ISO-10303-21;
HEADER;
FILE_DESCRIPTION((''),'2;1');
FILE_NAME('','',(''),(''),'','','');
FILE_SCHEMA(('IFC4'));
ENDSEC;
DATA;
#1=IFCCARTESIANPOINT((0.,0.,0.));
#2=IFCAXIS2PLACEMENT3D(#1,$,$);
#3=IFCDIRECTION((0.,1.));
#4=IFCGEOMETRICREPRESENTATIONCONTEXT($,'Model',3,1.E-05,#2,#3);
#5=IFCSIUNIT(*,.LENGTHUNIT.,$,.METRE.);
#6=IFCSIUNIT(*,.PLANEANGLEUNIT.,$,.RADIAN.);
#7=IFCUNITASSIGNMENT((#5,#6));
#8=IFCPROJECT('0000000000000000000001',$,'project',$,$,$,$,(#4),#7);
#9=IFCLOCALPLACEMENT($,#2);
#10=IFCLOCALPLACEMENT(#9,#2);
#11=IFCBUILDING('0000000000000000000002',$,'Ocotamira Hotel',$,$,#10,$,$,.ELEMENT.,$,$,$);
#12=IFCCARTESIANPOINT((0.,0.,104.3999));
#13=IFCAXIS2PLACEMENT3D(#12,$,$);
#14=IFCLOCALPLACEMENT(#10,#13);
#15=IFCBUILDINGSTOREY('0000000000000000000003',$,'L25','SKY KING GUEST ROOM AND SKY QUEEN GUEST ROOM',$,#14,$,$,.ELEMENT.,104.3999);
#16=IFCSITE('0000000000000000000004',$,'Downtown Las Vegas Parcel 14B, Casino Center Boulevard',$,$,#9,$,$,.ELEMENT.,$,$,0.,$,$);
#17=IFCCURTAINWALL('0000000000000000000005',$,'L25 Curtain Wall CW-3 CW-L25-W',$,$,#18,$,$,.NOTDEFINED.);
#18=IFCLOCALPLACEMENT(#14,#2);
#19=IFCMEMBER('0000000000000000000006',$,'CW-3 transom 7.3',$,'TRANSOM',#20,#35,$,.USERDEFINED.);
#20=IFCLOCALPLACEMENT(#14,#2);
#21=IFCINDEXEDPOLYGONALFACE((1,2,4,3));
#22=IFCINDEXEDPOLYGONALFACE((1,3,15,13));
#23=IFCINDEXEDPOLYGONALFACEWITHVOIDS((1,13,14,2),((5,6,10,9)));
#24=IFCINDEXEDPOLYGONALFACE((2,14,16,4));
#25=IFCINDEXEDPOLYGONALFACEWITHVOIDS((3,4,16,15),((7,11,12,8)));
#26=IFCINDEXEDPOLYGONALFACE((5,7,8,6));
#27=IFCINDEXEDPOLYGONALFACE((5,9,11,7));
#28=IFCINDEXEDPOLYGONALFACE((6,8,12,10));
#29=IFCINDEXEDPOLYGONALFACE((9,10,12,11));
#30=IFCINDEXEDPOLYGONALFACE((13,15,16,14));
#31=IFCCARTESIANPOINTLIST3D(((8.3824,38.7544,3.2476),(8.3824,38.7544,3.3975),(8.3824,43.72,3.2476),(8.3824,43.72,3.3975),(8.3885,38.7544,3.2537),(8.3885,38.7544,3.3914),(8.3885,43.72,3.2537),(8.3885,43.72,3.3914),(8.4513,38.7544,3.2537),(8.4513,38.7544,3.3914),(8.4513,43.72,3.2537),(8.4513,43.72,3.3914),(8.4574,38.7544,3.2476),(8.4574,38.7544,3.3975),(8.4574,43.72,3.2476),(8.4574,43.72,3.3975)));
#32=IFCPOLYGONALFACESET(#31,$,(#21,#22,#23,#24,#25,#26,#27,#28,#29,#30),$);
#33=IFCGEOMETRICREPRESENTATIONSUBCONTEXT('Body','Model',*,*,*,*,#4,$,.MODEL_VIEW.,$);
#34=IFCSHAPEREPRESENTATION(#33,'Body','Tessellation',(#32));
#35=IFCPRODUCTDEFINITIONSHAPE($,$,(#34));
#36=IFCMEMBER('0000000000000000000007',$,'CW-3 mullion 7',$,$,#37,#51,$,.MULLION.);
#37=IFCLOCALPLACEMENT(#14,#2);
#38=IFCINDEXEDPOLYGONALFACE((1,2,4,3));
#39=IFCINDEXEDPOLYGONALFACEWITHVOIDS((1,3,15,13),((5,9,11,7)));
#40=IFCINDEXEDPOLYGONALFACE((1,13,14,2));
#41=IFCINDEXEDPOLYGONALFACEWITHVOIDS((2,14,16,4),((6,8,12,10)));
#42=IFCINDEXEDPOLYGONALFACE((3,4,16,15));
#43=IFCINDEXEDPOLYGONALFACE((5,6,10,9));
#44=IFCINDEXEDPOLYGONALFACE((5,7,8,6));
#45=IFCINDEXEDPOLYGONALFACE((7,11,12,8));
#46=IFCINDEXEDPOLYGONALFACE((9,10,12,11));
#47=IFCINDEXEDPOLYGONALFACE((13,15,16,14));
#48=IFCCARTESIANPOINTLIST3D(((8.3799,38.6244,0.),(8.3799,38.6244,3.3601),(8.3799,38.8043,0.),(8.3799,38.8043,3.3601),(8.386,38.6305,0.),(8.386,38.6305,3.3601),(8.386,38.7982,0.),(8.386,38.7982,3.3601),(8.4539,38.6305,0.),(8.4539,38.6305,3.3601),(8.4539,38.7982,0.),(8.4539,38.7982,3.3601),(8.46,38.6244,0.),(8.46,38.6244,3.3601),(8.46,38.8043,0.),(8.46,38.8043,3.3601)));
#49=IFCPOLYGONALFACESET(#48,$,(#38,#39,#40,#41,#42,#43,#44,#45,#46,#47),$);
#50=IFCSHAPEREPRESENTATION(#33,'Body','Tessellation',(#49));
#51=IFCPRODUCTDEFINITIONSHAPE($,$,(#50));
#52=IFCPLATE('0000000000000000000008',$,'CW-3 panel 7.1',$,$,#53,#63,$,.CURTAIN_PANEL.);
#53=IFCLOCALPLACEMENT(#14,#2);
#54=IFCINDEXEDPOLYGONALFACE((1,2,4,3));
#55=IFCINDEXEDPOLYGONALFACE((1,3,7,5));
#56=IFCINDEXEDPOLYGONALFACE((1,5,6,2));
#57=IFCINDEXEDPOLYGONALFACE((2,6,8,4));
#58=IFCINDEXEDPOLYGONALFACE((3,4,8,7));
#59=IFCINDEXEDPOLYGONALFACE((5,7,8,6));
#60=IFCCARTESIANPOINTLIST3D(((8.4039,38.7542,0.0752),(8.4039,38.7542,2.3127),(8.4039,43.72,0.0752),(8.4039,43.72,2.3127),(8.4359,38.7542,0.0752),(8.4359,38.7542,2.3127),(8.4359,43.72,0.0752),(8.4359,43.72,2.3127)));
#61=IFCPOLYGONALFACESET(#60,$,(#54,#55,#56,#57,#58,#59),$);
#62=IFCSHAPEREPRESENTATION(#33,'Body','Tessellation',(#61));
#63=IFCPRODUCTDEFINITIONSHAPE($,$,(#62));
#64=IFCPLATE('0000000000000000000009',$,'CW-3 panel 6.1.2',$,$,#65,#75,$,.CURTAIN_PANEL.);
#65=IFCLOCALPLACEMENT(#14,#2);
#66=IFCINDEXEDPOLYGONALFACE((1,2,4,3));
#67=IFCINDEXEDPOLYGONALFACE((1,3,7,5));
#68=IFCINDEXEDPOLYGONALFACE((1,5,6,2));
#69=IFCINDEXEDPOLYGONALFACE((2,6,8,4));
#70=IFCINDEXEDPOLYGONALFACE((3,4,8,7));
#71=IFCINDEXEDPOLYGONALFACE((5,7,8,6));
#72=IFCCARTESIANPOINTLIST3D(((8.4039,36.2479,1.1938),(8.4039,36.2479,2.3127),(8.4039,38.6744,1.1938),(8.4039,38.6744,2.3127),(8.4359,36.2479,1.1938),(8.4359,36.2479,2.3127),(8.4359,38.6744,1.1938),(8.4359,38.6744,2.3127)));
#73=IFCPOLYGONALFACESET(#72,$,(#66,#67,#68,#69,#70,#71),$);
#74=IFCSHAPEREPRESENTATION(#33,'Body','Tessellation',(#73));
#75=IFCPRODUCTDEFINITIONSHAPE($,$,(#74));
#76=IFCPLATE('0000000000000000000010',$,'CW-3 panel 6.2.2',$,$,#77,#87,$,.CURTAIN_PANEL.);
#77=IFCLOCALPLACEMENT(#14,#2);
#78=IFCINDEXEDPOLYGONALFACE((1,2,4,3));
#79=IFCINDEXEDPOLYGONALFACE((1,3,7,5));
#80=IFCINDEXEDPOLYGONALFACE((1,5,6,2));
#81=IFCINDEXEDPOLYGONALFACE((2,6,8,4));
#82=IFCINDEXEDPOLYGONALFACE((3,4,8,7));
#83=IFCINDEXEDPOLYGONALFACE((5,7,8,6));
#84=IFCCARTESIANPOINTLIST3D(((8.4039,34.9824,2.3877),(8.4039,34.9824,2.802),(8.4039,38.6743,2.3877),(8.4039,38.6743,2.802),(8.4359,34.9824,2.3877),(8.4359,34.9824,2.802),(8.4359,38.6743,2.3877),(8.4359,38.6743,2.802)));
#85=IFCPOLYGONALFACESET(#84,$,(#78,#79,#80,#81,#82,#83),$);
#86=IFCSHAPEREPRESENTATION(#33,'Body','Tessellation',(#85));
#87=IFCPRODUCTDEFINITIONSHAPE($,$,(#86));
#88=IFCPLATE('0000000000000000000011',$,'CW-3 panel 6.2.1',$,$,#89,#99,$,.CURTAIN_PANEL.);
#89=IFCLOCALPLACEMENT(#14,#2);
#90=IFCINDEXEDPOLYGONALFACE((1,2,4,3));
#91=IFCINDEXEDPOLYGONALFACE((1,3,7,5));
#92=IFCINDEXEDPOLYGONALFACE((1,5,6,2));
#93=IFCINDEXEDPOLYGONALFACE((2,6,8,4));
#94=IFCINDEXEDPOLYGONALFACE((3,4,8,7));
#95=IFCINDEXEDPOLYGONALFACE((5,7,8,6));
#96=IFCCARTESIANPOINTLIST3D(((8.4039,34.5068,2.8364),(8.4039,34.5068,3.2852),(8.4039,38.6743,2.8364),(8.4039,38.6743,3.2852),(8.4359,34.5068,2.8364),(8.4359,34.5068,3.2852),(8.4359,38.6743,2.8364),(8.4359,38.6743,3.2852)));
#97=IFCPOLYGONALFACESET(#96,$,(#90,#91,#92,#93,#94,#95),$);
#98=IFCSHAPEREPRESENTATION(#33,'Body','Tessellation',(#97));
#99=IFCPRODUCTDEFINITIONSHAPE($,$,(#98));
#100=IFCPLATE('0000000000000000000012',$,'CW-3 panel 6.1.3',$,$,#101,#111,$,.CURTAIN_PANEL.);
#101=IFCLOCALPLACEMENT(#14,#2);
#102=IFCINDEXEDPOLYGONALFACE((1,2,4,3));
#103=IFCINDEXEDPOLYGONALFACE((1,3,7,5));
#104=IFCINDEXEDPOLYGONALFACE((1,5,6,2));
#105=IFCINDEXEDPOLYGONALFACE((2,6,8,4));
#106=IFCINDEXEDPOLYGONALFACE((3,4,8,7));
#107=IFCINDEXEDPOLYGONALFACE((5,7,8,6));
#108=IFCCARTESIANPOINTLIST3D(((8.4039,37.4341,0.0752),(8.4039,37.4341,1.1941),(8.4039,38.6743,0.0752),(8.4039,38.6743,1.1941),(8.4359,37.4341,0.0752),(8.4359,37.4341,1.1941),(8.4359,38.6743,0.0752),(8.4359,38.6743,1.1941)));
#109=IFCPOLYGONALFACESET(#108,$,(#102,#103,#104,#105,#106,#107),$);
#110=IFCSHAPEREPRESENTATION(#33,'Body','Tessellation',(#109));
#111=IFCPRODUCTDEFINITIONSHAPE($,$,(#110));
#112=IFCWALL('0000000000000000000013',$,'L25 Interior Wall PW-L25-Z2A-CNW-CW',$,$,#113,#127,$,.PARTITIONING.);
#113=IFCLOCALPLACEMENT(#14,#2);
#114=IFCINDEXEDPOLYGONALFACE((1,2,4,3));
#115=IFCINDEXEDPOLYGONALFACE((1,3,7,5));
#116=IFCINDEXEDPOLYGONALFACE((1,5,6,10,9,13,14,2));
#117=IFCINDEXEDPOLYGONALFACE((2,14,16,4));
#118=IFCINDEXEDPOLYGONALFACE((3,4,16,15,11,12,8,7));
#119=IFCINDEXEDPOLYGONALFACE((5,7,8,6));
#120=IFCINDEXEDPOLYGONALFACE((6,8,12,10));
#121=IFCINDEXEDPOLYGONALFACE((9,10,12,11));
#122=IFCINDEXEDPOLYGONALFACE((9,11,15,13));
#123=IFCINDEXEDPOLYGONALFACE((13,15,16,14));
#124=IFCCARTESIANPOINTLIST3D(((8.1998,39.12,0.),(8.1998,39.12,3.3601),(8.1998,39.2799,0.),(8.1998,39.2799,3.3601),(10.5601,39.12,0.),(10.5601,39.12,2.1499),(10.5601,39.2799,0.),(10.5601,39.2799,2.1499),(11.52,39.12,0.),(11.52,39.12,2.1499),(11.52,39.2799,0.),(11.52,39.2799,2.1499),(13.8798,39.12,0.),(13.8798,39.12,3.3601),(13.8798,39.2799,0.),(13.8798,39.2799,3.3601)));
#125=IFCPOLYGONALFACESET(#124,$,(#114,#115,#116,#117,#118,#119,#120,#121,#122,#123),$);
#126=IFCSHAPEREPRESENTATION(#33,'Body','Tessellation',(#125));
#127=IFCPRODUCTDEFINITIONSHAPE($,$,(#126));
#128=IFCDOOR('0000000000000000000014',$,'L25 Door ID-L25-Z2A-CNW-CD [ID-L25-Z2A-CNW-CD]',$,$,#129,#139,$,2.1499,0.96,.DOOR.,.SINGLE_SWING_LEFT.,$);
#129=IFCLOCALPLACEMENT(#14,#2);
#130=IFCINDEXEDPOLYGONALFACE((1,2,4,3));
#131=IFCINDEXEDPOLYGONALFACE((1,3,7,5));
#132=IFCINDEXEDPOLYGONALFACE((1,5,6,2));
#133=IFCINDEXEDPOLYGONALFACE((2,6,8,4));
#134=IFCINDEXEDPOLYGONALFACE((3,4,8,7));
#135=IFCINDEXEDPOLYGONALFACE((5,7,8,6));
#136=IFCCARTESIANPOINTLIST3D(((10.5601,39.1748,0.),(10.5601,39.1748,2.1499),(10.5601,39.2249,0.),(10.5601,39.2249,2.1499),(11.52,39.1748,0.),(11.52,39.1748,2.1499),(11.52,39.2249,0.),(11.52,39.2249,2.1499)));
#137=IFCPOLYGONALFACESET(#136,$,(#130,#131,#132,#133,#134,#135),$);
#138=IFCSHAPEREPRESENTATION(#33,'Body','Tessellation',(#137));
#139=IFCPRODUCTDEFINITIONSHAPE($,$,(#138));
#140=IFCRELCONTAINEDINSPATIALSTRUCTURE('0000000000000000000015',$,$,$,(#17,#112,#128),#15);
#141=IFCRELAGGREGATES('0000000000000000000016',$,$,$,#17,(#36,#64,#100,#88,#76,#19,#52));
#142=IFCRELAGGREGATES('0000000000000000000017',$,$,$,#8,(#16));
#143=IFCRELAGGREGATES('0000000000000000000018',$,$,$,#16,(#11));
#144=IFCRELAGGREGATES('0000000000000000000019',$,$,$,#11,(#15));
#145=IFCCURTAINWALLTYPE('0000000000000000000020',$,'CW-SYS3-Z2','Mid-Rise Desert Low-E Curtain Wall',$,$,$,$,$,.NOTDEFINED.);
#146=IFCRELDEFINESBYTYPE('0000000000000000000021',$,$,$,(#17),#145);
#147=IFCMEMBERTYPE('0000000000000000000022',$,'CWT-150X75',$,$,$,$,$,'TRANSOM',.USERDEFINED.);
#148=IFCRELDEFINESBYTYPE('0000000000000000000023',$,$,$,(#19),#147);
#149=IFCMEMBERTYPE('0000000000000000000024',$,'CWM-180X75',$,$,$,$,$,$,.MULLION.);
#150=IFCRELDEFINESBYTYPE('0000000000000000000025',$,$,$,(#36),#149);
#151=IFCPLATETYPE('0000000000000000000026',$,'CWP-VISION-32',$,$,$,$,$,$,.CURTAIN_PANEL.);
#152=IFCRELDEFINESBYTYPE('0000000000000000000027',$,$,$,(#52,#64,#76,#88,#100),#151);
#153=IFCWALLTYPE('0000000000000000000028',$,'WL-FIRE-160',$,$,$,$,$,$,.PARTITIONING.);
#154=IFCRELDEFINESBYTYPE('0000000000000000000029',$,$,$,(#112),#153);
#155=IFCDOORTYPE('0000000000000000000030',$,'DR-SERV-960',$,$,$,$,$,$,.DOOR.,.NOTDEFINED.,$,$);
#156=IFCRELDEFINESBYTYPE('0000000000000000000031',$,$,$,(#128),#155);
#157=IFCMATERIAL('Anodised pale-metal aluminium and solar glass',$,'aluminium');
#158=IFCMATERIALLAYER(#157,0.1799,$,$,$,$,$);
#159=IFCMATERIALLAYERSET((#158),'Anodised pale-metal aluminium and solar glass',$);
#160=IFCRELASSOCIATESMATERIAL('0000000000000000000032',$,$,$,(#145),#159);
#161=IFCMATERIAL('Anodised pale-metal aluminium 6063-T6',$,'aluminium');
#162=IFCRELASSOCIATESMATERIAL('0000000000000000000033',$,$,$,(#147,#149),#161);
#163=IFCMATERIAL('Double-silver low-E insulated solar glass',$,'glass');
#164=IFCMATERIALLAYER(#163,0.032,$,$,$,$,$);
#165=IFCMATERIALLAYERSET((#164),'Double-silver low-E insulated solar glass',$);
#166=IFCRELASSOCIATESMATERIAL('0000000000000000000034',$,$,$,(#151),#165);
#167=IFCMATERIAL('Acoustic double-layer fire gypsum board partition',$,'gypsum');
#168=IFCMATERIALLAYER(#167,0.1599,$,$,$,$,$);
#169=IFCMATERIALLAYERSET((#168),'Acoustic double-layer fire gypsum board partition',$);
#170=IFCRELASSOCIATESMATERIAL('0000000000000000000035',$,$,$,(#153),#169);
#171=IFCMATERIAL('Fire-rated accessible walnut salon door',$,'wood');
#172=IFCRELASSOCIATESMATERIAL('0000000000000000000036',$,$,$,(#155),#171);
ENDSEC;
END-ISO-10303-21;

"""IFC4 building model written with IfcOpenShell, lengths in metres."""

from ifc_helpers import new_model, si_unit, direction, frame, frame_2d, origin, origin_2d, place, context, subcontext, project, spatial, rectangle, hollow_rectangle, extrude, source, transform, mapped, material, layer, layer_set, material_profile, profile_set, type_object, element, fill, aggregate, save


model = new_model("IFC4")

# Units and contexts
model_context = context("Model", 3, precision=1e-05, world=origin(), true_north=direction((0.0, 1.0)))
body_context = subcontext(model_context, "Body", "Model", "MODEL_VIEW")
ifc_project = project(units=[si_unit("LENGTHUNIT", "METRE"), si_unit("PLANEANGLEUNIT", "RADIAN")], contexts=[model_context])

# Site, building, storey
site_placement = place(None, origin())
site = spatial("IfcSite", under=ifc_project, at=site_placement, Name="Downtown Las Vegas Parcel 14B, Casino Center Boulevard", CompositionType="ELEMENT", RefElevation=0.0)
building_placement = place(site_placement, origin())
building = spatial("IfcBuilding", under=site, at=building_placement, Name="Ocotamira Hotel", CompositionType="ELEMENT")
storey_placement = place(building_placement, frame((0.0, 0.0, 104.3999)))
storey = spatial("IfcBuildingStorey", under=building, at=storey_placement, Name="L25", Description="SKY KING GUEST ROOM AND SKY QUEEN GUEST ROOM", CompositionType="ELEMENT", Elevation=104.3999)

# Curtain wall, members, plates
ifc_material_1 = material(Name="Anodised pale-metal aluminium and solar glass", Category="aluminium")
ifc_layer_1 = layer(ifc_material_1, 0.1799)
ifc_layer_set_1 = layer_set([ifc_layer_1], Name="Anodised pale-metal aluminium and solar glass")
curtain_wall_type = type_object("IfcCurtainWallType", Name="CW-SYS3-Z2", Description="Mid-Rise Desert Low-E Curtain Wall", PredefinedType="NOTDEFINED", material=ifc_layer_set_1)
curtain_wall_placement = place(storey_placement, origin())
curtain_wall = element("IfcCurtainWall", 1, at=curtain_wall_placement, inside=storey, type_object=curtain_wall_type, Name="L25 Curtain Wall CW-3 CW-L25-W", PredefinedType="NOTDEFINED")
ifc_material_2 = material(Name="Anodised pale-metal aluminium 6063-T6", Category="aluminium")
ifc_material_profile_1 = material_profile(ifc_material_2, hollow_rectangle(XDim=0.075, YDim=0.1499, WallThickness=0.0061, at=origin_2d()), Name="HSS150X75X6")
ifc_profile_set_1 = profile_set([ifc_material_profile_1], Name="Anodised pale-metal aluminium 6063-T6")
member_type_1 = type_object("IfcMemberType", Name="CWT-150X75", ElementType="TRANSOM", PredefinedType="USERDEFINED", material=ifc_profile_set_1)
shared_shape_1 = source(origin(), body_context, "Body", "SweptSolid", [
    extrude(hollow_rectangle(XDim=0.075, YDim=0.1499, WallThickness=0.0061, at=origin_2d()), origin(), (0.0, 0.0, 1.0), 4.9656),
])
member_1_placement = place(storey_placement, frame((8.4199, 38.7544, 3.3225), z_axis=(0.0, 1.0, 0.0), x_axis=(-1.0, 0.0, 0.0)))
member_1 = element("IfcMember", 2, at=member_1_placement, type_object=member_type_1, Name="CW-3 transom 7.3", ObjectType="TRANSOM", PredefinedType="USERDEFINED", context=body_context, shape_type="MappedRepresentation", body=[
    mapped(shared_shape_1, transform((0.0, 0.0, 0.0), scale=1.0)),
])
ifc_material_profile_2 = material_profile(ifc_material_2, hollow_rectangle(XDim=0.0801, YDim=0.1799, WallThickness=0.0061, at=origin_2d()), Name="HSS180X80X6")
ifc_profile_set_2 = profile_set([ifc_material_profile_2], Name="Anodised pale-metal aluminium 6063-T6")
member_type_2 = type_object("IfcMemberType", Name="CWM-180X75", PredefinedType="MULLION", material=ifc_profile_set_2)
shared_shape_2 = source(origin(), body_context, "Body", "SweptSolid", [
    extrude(hollow_rectangle(XDim=0.0801, YDim=0.1799, WallThickness=0.0061, at=origin_2d()), origin(), (0.0, 0.0, 1.0), 3.3601),
])
member_2_placement = place(storey_placement, frame((8.4199, 38.7144, 0.0), z_axis=(0.0, 0.0, 1.0), x_axis=(-1.0, 0.0, 0.0)))
member_2 = element("IfcMember", 3, at=member_2_placement, type_object=member_type_2, Name="CW-3 mullion 7", PredefinedType="MULLION", context=body_context, shape_type="MappedRepresentation", body=[
    mapped(shared_shape_2, transform((0.0, 0.0, 0.0), scale=1.0)),
])
ifc_material_3 = material(Name="Double-silver low-E insulated solar glass", Category="glass")
ifc_layer_2 = layer(ifc_material_3, 0.032)
ifc_layer_set_2 = layer_set([ifc_layer_2], Name="Double-silver low-E insulated solar glass")
plate_type = type_object("IfcPlateType", Name="CWP-VISION-32", PredefinedType="CURTAIN_PANEL", material=ifc_layer_set_2)
shared_shape_3 = source(origin(), body_context, "Body", "SweptSolid", [
    extrude(rectangle(XDim=4.9658, YDim=0.032, at=origin_2d()), origin(), (0.0, 0.0, 1.0), 2.2375),
])
plate_1_placement = place(storey_placement, frame((8.4199, 41.2371, 0.0752), z_axis=(0.0, 0.0, 1.0), x_axis=(0.0, 1.0, 0.0)))
plate_1 = element("IfcPlate", 4, at=plate_1_placement, type_object=plate_type, Name="CW-3 panel 7.1", PredefinedType="CURTAIN_PANEL", context=body_context, shape_type="MappedRepresentation", body=[
    mapped(shared_shape_3, transform((0.0, 0.0, 0.0), scale=1.0)),
])
shared_shape_4 = source(origin(), body_context, "Body", "SweptSolid", [
    extrude(rectangle(XDim=2.4265, YDim=0.032, at=origin_2d()), origin(), (0.0, 0.0, 1.0), 1.1189),
])
plate_2_placement = place(storey_placement, frame((8.4199, 37.4612, 1.1938), z_axis=(0.0, 0.0, 1.0), x_axis=(0.0, 1.0, 0.0)))
plate_2 = element("IfcPlate", 5, at=plate_2_placement, type_object=plate_type, Name="CW-3 panel 6.1.2", PredefinedType="CURTAIN_PANEL", context=body_context, shape_type="MappedRepresentation", body=[
    mapped(shared_shape_4, transform((0.0, 0.0, 0.0), scale=1.0)),
])
shared_shape_5 = source(origin(), body_context, "Body", "SweptSolid", [
    extrude(rectangle(XDim=3.6919, YDim=0.032, at=origin_2d()), origin(), (0.0, 0.0, 1.0), 0.4143),
])
plate_3_placement = place(storey_placement, frame((8.4199, 36.8284, 2.3877), z_axis=(0.0, 0.0, 1.0), x_axis=(0.0, 1.0, 0.0)))
plate_3 = element("IfcPlate", 6, at=plate_3_placement, type_object=plate_type, Name="CW-3 panel 6.2.2", PredefinedType="CURTAIN_PANEL", context=body_context, shape_type="MappedRepresentation", body=[
    mapped(shared_shape_5, transform((0.0, 0.0, 0.0), scale=1.0)),
])
shared_shape_6 = source(origin(), body_context, "Body", "SweptSolid", [
    extrude(rectangle(XDim=4.1675, YDim=0.032, at=origin_2d()), origin(), (0.0, 0.0, 1.0), 0.4487),
])
plate_4_placement = place(storey_placement, frame((8.4199, 36.5906, 2.8364), z_axis=(0.0, 0.0, 1.0), x_axis=(0.0, 1.0, 0.0)))
plate_4 = element("IfcPlate", 7, at=plate_4_placement, type_object=plate_type, Name="CW-3 panel 6.2.1", PredefinedType="CURTAIN_PANEL", context=body_context, shape_type="MappedRepresentation", body=[
    mapped(shared_shape_6, transform((0.0, 0.0, 0.0), scale=1.0)),
])
shared_shape_7 = source(origin(), body_context, "Body", "SweptSolid", [
    extrude(rectangle(XDim=1.2402, YDim=0.032, at=origin_2d()), origin(), (0.0, 0.0, 1.0), 1.1189),
])
plate_5_placement = place(storey_placement, frame((8.4199, 38.0542, 0.0752), z_axis=(0.0, 0.0, 1.0), x_axis=(0.0, 1.0, 0.0)))
plate_5 = element("IfcPlate", 8, at=plate_5_placement, type_object=plate_type, Name="CW-3 panel 6.1.3", PredefinedType="CURTAIN_PANEL", context=body_context, shape_type="MappedRepresentation", body=[
    mapped(shared_shape_7, transform((0.0, 0.0, 0.0), scale=1.0)),
])
aggregate(curtain_wall, [member_2, plate_2, plate_5, plate_4, plate_3, member_1, plate_1])

# Wall, opening, door
ifc_material_4 = material(Name="Acoustic double-layer fire gypsum board partition", Category="gypsum")
ifc_layer_3 = layer(ifc_material_4, 0.1599)
ifc_layer_set_3 = layer_set([ifc_layer_3], Name="Acoustic double-layer fire gypsum board partition")
wall_type_1 = type_object("IfcWallType", Name="WL-FIRE-160", PredefinedType="PARTITIONING", material=ifc_layer_set_3)
wall_1_placement = place(storey_placement, frame((8.2, 39.2, 0.0), z_axis=(0.0, 0.0, 1.0), x_axis=(1.0, 0.0, 0.0)))
wall_1 = element("IfcWall", 9, at=wall_1_placement, inside=storey, type_object=wall_type_1, Name="L25 Interior Wall PW-L25-Z2A-CNW-CW", PredefinedType="PARTITIONING", context=body_context, shape_type="SweptSolid", body=[
    extrude(rectangle(XDim=5.6799, YDim=0.1599, at=frame_2d((2.8398, 0.0))), origin(), (0.0, 0.0, 1.0), 3.3601),
])
opening_1_placement = place(wall_1_placement, frame((2.3601, 0.0, 0.0)))
opening_1 = element("IfcOpeningElement", 10, at=opening_1_placement, cuts=wall_1, PredefinedType="OPENING", context=body_context, shape_type="SweptSolid", body=[
    extrude(rectangle(XDim=0.96, YDim=2.1499, at=frame_2d((0.48, 1.075))), frame((0.0, 0.0898, 0.0), z_axis=(0.0, -1.0, 0.0), x_axis=(1.0, 0.0, 0.0)), (0.0, 0.0, 1.0), 0.1799),
])
ifc_material_5 = material(Name="Fire-rated accessible walnut salon door", Category="wood")
door_type_1 = type_object("IfcDoorType", Name="DR-SERV-960", OperationType="NOTDEFINED", PredefinedType="DOOR", material=ifc_material_5)
shared_shape_8 = source(origin(), body_context, "Body", "SweptSolid", [
    extrude(rectangle(XDim=0.96, YDim=2.1499, at=frame_2d((0.48, 1.075))), frame((0.0, 0.0249, 0.0), z_axis=(0.0, -1.0, 0.0), x_axis=(1.0, 0.0, 0.0)), (0.0, 0.0, 1.0), 0.05),
])
door_1_placement = place(opening_1_placement, origin())
door_1 = element("IfcDoor", 11, at=door_1_placement, inside=storey, type_object=door_type_1, Name="L25 Door ID-L25-Z2A-CNW-CD [ID-L25-Z2A-CNW-CD]", OperationType="SINGLE_SWING_LEFT", OverallHeight=2.1499, OverallWidth=0.96, PredefinedType="DOOR", context=body_context, shape_type="MappedRepresentation", body=[
    mapped(shared_shape_8, transform((0.0, 0.0, 0.0), scale=1.0)),
])
fill(opening_1, door_1)

save(model, "model.ifc")
